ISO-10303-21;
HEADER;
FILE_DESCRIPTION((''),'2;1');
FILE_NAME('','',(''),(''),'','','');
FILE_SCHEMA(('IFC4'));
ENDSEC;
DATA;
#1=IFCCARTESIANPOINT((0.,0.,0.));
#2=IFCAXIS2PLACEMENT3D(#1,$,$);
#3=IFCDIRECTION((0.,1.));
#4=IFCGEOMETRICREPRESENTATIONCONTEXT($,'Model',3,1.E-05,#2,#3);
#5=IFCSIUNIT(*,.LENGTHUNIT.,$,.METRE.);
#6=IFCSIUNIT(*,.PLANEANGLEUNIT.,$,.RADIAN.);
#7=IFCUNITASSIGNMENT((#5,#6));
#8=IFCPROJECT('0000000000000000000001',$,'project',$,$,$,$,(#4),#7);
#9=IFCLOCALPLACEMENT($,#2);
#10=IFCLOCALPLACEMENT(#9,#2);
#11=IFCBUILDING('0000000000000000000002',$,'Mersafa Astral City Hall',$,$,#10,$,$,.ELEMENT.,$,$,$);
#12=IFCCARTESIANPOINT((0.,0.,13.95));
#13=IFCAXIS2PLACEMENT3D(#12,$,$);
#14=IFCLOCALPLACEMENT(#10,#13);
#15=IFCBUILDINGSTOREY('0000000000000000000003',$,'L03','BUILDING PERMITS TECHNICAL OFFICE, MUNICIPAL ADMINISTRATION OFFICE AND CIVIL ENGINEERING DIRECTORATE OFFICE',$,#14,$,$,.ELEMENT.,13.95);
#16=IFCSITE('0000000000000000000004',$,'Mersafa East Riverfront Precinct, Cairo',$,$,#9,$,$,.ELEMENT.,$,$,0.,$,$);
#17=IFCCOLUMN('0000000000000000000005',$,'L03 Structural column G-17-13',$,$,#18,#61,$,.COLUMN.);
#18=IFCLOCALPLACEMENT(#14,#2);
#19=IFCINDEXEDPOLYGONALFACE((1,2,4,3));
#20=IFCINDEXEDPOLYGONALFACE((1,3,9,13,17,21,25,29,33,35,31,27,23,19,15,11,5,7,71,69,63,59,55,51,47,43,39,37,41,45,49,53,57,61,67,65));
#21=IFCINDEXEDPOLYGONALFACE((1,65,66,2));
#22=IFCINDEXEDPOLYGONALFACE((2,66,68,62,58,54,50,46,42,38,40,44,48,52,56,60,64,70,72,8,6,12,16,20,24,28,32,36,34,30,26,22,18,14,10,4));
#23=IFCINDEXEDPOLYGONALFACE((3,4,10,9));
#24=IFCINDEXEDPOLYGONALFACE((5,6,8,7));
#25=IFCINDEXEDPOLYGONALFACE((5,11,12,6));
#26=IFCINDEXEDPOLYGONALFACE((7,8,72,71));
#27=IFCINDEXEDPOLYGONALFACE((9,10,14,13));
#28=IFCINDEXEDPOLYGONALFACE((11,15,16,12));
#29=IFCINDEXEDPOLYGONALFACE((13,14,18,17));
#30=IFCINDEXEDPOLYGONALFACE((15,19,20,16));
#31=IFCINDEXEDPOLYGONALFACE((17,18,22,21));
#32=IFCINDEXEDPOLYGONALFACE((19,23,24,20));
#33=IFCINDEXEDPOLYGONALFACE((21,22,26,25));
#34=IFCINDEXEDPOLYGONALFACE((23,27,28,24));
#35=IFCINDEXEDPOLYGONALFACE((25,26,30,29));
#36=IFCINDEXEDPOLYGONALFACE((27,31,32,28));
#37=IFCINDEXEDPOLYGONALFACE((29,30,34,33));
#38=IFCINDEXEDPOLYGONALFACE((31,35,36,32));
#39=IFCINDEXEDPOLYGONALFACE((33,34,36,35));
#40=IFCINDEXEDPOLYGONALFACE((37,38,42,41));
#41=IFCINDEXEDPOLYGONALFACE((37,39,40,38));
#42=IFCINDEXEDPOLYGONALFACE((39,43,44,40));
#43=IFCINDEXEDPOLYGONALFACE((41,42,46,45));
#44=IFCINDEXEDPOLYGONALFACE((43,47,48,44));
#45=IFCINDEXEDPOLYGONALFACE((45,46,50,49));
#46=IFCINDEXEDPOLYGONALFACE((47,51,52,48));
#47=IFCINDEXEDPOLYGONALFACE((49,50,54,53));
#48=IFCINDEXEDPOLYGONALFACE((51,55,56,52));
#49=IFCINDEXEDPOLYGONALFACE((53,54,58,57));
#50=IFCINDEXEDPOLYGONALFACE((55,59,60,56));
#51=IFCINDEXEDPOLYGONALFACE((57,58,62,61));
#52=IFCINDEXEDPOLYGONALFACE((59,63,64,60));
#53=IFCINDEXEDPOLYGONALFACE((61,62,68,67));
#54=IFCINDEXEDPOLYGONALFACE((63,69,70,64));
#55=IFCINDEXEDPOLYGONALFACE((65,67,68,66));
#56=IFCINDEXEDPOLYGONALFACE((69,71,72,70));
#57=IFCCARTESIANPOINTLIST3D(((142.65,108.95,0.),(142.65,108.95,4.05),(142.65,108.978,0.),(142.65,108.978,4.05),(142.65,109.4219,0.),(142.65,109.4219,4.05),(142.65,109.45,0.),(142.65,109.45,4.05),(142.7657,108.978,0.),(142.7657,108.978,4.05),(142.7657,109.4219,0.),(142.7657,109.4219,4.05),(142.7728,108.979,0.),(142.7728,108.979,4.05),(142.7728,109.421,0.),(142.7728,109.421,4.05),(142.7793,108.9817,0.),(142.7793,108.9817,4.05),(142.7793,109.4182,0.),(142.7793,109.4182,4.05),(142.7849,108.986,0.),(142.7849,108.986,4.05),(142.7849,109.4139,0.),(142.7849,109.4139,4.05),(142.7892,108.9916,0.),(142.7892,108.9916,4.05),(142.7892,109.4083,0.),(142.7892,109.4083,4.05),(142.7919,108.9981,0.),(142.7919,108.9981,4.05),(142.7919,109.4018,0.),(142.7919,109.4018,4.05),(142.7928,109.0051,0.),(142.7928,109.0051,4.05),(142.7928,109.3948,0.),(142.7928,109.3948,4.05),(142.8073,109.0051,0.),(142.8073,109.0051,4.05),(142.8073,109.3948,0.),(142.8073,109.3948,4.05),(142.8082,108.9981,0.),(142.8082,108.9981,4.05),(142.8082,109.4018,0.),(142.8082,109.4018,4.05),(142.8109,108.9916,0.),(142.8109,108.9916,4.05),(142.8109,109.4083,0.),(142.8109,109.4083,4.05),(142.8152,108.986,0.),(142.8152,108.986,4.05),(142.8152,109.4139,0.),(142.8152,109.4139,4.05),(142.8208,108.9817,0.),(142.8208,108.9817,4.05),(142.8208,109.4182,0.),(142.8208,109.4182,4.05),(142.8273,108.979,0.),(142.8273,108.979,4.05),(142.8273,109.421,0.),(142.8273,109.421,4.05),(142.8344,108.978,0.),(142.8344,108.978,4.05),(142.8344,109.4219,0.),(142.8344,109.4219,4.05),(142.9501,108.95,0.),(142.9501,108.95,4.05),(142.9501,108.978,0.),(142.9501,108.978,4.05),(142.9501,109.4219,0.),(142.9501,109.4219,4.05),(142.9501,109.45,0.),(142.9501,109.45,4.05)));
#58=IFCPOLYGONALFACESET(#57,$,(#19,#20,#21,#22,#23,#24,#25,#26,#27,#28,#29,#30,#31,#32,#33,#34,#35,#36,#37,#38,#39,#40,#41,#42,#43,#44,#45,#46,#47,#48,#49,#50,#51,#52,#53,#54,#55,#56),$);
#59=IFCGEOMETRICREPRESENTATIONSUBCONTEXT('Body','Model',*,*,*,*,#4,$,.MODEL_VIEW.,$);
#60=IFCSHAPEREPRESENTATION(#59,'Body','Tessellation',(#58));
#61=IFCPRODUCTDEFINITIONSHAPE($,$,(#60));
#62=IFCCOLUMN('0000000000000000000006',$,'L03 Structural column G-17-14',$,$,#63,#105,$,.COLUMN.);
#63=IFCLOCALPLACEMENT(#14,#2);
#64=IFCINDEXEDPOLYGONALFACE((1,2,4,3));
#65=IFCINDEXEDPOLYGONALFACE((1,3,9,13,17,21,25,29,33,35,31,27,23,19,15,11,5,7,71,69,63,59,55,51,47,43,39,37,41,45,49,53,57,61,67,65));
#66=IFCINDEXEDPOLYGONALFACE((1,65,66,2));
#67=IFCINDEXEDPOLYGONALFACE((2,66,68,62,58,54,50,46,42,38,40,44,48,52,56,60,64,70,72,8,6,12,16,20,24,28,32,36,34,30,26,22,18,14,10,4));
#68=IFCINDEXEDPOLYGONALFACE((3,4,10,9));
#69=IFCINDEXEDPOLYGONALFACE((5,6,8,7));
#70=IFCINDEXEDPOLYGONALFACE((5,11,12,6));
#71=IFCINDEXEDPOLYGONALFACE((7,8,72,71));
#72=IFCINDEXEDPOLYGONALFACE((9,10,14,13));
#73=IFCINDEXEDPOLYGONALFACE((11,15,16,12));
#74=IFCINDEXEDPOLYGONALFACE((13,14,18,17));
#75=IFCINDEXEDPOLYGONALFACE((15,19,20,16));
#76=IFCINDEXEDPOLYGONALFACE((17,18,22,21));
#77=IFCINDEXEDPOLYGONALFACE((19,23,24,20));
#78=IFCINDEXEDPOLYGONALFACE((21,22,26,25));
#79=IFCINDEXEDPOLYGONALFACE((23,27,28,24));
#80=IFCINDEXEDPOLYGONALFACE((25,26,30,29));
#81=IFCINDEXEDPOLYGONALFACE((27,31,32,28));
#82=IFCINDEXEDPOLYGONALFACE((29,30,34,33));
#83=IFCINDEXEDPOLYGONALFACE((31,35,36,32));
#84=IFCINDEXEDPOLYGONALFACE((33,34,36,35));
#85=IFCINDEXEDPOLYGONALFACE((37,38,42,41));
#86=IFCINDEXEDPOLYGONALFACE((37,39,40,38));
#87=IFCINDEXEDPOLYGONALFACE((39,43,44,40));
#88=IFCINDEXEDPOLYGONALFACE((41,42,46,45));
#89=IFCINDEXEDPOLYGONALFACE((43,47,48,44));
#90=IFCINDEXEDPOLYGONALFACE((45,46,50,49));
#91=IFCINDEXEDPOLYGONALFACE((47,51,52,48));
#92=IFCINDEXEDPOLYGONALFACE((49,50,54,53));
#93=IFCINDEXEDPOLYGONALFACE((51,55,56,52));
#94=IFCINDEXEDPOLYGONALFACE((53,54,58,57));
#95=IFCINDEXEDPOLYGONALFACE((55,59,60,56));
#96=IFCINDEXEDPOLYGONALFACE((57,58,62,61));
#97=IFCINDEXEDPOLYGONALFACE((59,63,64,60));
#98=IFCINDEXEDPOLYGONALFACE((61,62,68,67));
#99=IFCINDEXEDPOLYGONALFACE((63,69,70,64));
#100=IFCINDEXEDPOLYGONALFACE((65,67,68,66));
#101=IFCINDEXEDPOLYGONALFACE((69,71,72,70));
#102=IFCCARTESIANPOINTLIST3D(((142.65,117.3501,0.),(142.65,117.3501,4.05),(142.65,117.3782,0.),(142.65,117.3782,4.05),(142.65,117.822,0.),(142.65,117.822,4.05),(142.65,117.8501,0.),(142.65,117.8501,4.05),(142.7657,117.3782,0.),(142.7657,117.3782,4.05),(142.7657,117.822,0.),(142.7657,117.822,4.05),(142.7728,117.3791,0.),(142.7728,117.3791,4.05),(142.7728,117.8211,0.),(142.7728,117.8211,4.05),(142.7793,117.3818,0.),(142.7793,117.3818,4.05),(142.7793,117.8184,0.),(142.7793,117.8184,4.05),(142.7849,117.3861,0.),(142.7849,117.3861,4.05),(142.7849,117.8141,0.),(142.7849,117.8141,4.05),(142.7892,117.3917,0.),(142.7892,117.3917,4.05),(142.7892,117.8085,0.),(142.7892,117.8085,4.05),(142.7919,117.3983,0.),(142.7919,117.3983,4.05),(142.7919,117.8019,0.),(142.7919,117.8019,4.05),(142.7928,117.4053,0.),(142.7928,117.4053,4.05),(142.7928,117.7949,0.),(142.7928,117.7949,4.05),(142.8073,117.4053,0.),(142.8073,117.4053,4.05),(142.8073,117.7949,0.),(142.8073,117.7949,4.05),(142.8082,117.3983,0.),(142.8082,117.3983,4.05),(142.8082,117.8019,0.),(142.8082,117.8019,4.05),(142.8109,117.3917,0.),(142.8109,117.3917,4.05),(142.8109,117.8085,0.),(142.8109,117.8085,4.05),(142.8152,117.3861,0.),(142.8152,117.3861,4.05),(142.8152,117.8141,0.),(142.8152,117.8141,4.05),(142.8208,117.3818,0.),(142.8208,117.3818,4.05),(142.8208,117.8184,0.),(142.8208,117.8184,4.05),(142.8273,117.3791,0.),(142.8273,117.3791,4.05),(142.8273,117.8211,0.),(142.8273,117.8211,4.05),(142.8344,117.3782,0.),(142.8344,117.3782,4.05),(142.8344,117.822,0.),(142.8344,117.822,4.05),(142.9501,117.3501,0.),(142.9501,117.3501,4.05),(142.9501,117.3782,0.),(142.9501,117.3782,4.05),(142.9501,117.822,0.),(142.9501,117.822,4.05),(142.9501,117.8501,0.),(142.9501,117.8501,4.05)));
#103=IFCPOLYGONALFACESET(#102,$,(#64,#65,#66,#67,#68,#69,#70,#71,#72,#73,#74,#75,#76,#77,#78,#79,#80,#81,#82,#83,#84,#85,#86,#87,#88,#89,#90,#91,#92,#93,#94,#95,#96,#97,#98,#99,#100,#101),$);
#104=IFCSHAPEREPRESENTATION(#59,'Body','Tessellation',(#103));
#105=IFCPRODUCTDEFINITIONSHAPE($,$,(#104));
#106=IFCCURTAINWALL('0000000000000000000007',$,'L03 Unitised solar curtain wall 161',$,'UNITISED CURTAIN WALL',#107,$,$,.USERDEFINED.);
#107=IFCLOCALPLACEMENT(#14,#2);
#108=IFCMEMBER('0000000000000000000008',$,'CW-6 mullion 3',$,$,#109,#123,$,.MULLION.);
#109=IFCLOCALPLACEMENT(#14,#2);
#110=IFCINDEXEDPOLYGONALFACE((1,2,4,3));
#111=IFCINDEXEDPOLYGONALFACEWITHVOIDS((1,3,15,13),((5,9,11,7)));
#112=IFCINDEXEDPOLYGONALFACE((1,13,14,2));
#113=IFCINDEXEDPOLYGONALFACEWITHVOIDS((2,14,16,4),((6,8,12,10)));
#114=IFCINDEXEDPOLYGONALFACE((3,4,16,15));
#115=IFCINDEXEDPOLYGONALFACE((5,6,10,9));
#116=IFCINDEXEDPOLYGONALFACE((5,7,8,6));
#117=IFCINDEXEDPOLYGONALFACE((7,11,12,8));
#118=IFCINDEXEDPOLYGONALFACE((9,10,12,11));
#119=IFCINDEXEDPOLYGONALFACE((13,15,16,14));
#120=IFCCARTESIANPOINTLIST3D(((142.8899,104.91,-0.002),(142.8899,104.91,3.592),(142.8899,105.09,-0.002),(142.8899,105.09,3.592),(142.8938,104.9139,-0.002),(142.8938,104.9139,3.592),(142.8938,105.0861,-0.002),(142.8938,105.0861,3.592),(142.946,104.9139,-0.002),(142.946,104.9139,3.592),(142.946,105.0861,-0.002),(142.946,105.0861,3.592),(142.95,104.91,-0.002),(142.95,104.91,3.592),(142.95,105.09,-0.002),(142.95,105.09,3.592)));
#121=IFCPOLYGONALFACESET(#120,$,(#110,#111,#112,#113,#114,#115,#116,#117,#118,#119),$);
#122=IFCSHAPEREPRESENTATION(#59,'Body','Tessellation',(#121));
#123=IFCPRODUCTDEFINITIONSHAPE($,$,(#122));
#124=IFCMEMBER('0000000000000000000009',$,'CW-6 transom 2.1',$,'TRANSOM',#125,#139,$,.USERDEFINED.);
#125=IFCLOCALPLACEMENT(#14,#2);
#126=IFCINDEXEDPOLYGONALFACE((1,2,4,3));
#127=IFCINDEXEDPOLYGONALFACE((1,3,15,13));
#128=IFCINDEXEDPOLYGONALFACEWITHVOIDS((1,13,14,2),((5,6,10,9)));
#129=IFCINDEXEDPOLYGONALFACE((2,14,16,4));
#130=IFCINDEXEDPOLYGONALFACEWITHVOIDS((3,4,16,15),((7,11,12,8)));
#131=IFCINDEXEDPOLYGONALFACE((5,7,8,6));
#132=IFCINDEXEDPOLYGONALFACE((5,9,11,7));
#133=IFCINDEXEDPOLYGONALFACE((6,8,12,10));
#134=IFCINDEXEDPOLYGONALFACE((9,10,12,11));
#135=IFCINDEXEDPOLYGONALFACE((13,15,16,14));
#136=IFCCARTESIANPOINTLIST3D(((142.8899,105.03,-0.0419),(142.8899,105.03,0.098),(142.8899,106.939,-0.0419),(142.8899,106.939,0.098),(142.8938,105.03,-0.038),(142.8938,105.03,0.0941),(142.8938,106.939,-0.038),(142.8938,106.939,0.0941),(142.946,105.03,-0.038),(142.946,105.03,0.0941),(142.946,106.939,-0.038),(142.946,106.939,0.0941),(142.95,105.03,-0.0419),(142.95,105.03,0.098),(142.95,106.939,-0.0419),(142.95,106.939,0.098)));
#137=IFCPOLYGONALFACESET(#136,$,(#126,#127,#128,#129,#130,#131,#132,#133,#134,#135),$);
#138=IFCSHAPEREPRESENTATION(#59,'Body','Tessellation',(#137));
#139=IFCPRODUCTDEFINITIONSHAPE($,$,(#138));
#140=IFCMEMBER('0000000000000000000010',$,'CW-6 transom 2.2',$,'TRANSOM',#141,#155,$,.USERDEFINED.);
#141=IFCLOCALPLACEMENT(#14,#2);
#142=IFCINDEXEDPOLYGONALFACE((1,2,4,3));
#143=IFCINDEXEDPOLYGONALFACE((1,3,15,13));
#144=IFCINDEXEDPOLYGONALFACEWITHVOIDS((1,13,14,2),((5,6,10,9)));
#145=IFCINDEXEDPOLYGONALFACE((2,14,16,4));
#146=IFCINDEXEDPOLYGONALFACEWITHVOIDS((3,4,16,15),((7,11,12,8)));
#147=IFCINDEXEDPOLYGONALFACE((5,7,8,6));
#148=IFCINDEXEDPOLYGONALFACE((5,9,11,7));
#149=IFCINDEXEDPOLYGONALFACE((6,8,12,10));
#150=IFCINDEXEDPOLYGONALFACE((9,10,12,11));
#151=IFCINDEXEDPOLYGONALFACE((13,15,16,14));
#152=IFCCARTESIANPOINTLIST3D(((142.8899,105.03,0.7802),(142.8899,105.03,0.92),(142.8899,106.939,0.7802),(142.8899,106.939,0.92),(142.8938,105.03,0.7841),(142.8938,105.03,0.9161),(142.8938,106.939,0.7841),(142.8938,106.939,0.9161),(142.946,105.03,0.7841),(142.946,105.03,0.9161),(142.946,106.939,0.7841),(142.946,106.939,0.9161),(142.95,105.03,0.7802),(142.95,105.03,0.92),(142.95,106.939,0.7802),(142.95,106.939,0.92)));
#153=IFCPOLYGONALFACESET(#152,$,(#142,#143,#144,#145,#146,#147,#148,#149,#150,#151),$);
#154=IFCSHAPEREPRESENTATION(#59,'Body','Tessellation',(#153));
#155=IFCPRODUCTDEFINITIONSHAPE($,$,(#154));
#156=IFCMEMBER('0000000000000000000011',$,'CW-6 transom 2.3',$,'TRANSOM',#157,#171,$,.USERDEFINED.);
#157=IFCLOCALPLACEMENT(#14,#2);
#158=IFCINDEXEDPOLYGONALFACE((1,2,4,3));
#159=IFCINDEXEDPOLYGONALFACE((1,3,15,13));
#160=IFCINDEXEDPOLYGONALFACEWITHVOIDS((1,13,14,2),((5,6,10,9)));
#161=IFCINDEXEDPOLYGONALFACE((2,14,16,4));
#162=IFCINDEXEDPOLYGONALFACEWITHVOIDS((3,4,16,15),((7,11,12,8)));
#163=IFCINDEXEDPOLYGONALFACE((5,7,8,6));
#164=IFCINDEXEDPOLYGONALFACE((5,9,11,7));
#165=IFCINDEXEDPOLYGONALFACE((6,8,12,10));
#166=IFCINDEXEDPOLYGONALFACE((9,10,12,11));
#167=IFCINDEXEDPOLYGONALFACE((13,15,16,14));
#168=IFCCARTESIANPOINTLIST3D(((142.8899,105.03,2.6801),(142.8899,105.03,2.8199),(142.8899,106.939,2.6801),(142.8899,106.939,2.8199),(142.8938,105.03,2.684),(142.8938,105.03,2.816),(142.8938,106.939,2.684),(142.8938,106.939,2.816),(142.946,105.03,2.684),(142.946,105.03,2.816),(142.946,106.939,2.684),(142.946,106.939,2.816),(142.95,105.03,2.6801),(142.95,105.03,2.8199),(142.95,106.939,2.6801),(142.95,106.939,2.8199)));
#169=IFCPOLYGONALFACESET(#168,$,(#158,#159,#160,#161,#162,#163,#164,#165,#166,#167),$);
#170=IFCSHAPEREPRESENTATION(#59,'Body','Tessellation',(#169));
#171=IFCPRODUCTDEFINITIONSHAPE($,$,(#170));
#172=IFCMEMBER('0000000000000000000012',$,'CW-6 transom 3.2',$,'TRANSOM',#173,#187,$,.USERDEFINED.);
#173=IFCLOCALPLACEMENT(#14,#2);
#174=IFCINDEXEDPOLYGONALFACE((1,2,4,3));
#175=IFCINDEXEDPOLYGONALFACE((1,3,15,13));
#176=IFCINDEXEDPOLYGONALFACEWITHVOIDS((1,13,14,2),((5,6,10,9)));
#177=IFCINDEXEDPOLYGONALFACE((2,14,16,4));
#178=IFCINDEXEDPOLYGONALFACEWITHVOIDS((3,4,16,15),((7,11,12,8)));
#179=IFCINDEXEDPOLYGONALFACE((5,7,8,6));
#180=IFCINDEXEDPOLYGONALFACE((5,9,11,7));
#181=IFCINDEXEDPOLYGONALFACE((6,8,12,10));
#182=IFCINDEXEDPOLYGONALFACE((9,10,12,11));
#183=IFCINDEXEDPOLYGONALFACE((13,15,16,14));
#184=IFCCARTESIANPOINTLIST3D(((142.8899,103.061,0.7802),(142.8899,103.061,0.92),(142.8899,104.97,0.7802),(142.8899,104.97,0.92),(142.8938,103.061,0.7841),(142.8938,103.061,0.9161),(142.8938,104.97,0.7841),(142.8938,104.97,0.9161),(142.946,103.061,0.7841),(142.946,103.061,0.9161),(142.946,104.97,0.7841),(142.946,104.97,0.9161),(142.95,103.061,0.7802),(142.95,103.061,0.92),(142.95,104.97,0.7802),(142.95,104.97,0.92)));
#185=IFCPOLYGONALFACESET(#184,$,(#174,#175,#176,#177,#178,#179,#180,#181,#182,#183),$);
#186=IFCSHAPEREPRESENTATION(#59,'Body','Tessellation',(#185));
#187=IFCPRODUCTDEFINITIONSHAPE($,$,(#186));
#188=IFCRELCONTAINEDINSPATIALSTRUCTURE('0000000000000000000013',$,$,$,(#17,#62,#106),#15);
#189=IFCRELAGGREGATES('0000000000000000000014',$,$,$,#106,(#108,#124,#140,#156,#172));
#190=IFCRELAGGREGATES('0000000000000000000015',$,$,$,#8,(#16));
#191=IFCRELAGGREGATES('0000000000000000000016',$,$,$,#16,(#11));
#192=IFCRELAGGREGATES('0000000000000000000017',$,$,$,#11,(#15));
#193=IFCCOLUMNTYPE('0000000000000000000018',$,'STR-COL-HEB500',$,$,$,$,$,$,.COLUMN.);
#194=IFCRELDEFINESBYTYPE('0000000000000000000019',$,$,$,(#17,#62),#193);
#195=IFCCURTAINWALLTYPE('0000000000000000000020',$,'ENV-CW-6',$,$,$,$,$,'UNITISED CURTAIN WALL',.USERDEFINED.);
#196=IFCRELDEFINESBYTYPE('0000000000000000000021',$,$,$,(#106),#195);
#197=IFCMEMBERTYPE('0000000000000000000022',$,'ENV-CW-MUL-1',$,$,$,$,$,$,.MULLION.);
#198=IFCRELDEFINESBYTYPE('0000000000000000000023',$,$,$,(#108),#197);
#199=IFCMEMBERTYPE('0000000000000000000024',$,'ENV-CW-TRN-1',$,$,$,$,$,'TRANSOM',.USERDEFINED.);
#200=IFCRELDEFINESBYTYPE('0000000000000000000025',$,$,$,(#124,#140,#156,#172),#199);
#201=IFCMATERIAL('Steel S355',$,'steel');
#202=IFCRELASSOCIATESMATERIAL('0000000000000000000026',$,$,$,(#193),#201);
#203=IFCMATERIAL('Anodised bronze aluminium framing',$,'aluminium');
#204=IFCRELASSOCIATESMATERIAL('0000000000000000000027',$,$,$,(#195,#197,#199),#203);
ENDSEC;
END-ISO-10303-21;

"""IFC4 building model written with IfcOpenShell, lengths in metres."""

from ifc_helpers import new_model, si_unit, direction, frame, origin, origin_2d, place, context, subcontext, project, spatial, hollow_rectangle, i_section, extrude, material, material_profile, profile_set, type_object, element, aggregate, save


model = new_model("IFC4")

# Units and contexts
model_context = context("Model", 3, precision=1e-05, world=origin(), true_north=direction((0.0, 1.0)))
body_context = subcontext(model_context, "Body", "Model", "MODEL_VIEW")
ifc_project = project(units=[si_unit("LENGTHUNIT", "METRE"), si_unit("PLANEANGLEUNIT", "RADIAN")], contexts=[model_context])

# Site, building, storey
site_placement = place(None, origin())
site = spatial("IfcSite", under=ifc_project, at=site_placement, Name="Mersafa East Riverfront Precinct, Cairo", CompositionType="ELEMENT", RefElevation=0.0)
building_placement = place(site_placement, origin())
building = spatial("IfcBuilding", under=site, at=building_placement, Name="Mersafa Astral City Hall", CompositionType="ELEMENT")
storey_placement = place(building_placement, frame((0.0, 0.0, 13.95)))
storey = spatial("IfcBuildingStorey", under=building, at=storey_placement, Name="L03", Description="BUILDING PERMITS TECHNICAL OFFICE, MUNICIPAL ADMINISTRATION OFFICE AND CIVIL ENGINEERING DIRECTORATE OFFICE", CompositionType="ELEMENT", Elevation=13.95)

# Columns
ifc_material_1 = material(Name="Steel S355", Category="steel")
ifc_material_profile_1 = material_profile(ifc_material_1, i_section(OverallWidth=0.3, OverallDepth=0.5, WebThickness=0.0144, FlangeThickness=0.0281, FilletRadius=0.0271, at=origin_2d()), Name="HEB 500")
ifc_profile_set_1 = profile_set([ifc_material_profile_1], Name="Steel S355")
column_type = type_object("IfcColumnType", Name="STR-COL-HEB500", PredefinedType="COLUMN", material=ifc_profile_set_1)
for number, where, z_axis, x_axis, name in (
    (1, (142.8, 109.2, 0.0), (0.0, 0.0, 1.0), (1.0, 0.0, 0.0), "L03 Structural column G-17-13"),
    (2, (142.8, 117.6001, 0.0), (0.0, 0.0, 1.0), (1.0, 0.0, 0.0), "L03 Structural column G-17-14"),
):
    element("IfcColumn", number, at=place(storey_placement, frame(where, z_axis=z_axis, x_axis=x_axis)), inside=storey, type_object=column_type, Name=name, PredefinedType="COLUMN", context=body_context, shape_type="SweptSolid", body=[
        extrude(i_section(OverallWidth=0.3, OverallDepth=0.5, WebThickness=0.0144, FlangeThickness=0.0281, FilletRadius=0.0271, at=origin_2d()), origin(), (0.0, 0.0, 1.0), 4.05),
    ])

# Curtain wall, members
ifc_material_2 = material(Name="Anodised bronze aluminium framing", Category="aluminium")
curtain_wall_type = type_object("IfcCurtainWallType", Name="ENV-CW-6", ElementType="UNITISED CURTAIN WALL", PredefinedType="USERDEFINED", material=ifc_material_2)
curtain_wall_placement = place(storey_placement, origin())
curtain_wall = element("IfcCurtainWall", 3, at=curtain_wall_placement, inside=storey, type_object=curtain_wall_type, Name="L03 Unitised solar curtain wall 161", ObjectType="UNITISED CURTAIN WALL", PredefinedType="USERDEFINED")
ifc_material_profile_2 = material_profile(ifc_material_2, hollow_rectangle(XDim=0.0601, YDim=0.1799, WallThickness=0.0039, at=origin_2d()), Name="RHS 60x180x4")
ifc_profile_set_2 = profile_set([ifc_material_profile_2], Name="Anodised bronze aluminium framing")
member_type_1 = type_object("IfcMemberType", Name="ENV-CW-MUL-1", PredefinedType="MULLION", material=ifc_profile_set_2)
member_1_placement = place(storey_placement, frame((142.9199, 105.0, -0.002), z_axis=(0.0, 0.0, 1.0), x_axis=(1.0, 0.0, 0.0)))
member_1 = element("IfcMember", 4, at=member_1_placement, type_object=member_type_1, Name="CW-6 mullion 3", PredefinedType="MULLION", context=body_context, shape_type="SweptSolid", body=[
    extrude(hollow_rectangle(XDim=0.0601, YDim=0.1799, WallThickness=0.0039, at=origin_2d()), origin(), (0.0, 0.0, 1.0), 3.594),
])
ifc_material_profile_3 = material_profile(ifc_material_2, hollow_rectangle(XDim=0.0601, YDim=0.1399, WallThickness=0.0039, at=origin_2d()), Name="RHS 60x140x4")
ifc_profile_set_3 = profile_set([ifc_material_profile_3], Name="Anodised bronze aluminium framing")
member_type_2 = type_object("IfcMemberType", Name="ENV-CW-TRN-1", ElementType="TRANSOM", PredefinedType="USERDEFINED", material=ifc_profile_set_3)
member_2_placement = place(storey_placement, frame((142.9199, 106.939, 0.0281), z_axis=(0.0, -1.0, 0.0), x_axis=(1.0, 0.0, 0.0)))
member_2 = element("IfcMember", 5, at=member_2_placement, type_object=member_type_2, Name="CW-6 transom 2.1", ObjectType="TRANSOM", PredefinedType="USERDEFINED", context=body_context, shape_type="SweptSolid", body=[
    extrude(hollow_rectangle(XDim=0.0601, YDim=0.1399, WallThickness=0.0039, at=origin_2d()), origin(), (0.0, 0.0, 1.0), 1.9089),
])
member_3_placement = place(storey_placement, frame((142.9199, 106.939, 0.8501), z_axis=(0.0, -1.0, 0.0), x_axis=(1.0, 0.0, 0.0)))
member_3 = element("IfcMember", 6, at=member_3_placement, type_object=member_type_2, Name="CW-6 transom 2.2", ObjectType="TRANSOM", PredefinedType="USERDEFINED", context=body_context, shape_type="SweptSolid", body=[
    extrude(hollow_rectangle(XDim=0.0601, YDim=0.1399, WallThickness=0.0039, at=origin_2d()), origin(), (0.0, 0.0, 1.0), 1.9089),
])
member_4_placement = place(storey_placement, frame((142.9199, 106.939, 2.75), z_axis=(0.0, -1.0, 0.0), x_axis=(1.0, 0.0, 0.0)))
member_4 = element("IfcMember", 7, at=member_4_placement, type_object=member_type_2, Name="CW-6 transom 2.3", ObjectType="TRANSOM", PredefinedType="USERDEFINED", context=body_context, shape_type="SweptSolid", body=[
    extrude(hollow_rectangle(XDim=0.0601, YDim=0.1399, WallThickness=0.0039, at=origin_2d()), origin(), (0.0, 0.0, 1.0), 1.9089),
])
member_5_placement = place(storey_placement, frame((142.9199, 104.97, 0.8501), z_axis=(0.0, -1.0, 0.0), x_axis=(1.0, 0.0, 0.0)))
member_5 = element("IfcMember", 8, at=member_5_placement, type_object=member_type_2, Name="CW-6 transom 3.2", ObjectType="TRANSOM", PredefinedType="USERDEFINED", context=body_context, shape_type="SweptSolid", body=[
    extrude(hollow_rectangle(XDim=0.0601, YDim=0.1399, WallThickness=0.0039, at=origin_2d()), origin(), (0.0, 0.0, 1.0), 1.9089),
])

aggregate(curtain_wall, [member_1, member_2, member_3, member_4, member_5])

save(model, "model.ifc")
